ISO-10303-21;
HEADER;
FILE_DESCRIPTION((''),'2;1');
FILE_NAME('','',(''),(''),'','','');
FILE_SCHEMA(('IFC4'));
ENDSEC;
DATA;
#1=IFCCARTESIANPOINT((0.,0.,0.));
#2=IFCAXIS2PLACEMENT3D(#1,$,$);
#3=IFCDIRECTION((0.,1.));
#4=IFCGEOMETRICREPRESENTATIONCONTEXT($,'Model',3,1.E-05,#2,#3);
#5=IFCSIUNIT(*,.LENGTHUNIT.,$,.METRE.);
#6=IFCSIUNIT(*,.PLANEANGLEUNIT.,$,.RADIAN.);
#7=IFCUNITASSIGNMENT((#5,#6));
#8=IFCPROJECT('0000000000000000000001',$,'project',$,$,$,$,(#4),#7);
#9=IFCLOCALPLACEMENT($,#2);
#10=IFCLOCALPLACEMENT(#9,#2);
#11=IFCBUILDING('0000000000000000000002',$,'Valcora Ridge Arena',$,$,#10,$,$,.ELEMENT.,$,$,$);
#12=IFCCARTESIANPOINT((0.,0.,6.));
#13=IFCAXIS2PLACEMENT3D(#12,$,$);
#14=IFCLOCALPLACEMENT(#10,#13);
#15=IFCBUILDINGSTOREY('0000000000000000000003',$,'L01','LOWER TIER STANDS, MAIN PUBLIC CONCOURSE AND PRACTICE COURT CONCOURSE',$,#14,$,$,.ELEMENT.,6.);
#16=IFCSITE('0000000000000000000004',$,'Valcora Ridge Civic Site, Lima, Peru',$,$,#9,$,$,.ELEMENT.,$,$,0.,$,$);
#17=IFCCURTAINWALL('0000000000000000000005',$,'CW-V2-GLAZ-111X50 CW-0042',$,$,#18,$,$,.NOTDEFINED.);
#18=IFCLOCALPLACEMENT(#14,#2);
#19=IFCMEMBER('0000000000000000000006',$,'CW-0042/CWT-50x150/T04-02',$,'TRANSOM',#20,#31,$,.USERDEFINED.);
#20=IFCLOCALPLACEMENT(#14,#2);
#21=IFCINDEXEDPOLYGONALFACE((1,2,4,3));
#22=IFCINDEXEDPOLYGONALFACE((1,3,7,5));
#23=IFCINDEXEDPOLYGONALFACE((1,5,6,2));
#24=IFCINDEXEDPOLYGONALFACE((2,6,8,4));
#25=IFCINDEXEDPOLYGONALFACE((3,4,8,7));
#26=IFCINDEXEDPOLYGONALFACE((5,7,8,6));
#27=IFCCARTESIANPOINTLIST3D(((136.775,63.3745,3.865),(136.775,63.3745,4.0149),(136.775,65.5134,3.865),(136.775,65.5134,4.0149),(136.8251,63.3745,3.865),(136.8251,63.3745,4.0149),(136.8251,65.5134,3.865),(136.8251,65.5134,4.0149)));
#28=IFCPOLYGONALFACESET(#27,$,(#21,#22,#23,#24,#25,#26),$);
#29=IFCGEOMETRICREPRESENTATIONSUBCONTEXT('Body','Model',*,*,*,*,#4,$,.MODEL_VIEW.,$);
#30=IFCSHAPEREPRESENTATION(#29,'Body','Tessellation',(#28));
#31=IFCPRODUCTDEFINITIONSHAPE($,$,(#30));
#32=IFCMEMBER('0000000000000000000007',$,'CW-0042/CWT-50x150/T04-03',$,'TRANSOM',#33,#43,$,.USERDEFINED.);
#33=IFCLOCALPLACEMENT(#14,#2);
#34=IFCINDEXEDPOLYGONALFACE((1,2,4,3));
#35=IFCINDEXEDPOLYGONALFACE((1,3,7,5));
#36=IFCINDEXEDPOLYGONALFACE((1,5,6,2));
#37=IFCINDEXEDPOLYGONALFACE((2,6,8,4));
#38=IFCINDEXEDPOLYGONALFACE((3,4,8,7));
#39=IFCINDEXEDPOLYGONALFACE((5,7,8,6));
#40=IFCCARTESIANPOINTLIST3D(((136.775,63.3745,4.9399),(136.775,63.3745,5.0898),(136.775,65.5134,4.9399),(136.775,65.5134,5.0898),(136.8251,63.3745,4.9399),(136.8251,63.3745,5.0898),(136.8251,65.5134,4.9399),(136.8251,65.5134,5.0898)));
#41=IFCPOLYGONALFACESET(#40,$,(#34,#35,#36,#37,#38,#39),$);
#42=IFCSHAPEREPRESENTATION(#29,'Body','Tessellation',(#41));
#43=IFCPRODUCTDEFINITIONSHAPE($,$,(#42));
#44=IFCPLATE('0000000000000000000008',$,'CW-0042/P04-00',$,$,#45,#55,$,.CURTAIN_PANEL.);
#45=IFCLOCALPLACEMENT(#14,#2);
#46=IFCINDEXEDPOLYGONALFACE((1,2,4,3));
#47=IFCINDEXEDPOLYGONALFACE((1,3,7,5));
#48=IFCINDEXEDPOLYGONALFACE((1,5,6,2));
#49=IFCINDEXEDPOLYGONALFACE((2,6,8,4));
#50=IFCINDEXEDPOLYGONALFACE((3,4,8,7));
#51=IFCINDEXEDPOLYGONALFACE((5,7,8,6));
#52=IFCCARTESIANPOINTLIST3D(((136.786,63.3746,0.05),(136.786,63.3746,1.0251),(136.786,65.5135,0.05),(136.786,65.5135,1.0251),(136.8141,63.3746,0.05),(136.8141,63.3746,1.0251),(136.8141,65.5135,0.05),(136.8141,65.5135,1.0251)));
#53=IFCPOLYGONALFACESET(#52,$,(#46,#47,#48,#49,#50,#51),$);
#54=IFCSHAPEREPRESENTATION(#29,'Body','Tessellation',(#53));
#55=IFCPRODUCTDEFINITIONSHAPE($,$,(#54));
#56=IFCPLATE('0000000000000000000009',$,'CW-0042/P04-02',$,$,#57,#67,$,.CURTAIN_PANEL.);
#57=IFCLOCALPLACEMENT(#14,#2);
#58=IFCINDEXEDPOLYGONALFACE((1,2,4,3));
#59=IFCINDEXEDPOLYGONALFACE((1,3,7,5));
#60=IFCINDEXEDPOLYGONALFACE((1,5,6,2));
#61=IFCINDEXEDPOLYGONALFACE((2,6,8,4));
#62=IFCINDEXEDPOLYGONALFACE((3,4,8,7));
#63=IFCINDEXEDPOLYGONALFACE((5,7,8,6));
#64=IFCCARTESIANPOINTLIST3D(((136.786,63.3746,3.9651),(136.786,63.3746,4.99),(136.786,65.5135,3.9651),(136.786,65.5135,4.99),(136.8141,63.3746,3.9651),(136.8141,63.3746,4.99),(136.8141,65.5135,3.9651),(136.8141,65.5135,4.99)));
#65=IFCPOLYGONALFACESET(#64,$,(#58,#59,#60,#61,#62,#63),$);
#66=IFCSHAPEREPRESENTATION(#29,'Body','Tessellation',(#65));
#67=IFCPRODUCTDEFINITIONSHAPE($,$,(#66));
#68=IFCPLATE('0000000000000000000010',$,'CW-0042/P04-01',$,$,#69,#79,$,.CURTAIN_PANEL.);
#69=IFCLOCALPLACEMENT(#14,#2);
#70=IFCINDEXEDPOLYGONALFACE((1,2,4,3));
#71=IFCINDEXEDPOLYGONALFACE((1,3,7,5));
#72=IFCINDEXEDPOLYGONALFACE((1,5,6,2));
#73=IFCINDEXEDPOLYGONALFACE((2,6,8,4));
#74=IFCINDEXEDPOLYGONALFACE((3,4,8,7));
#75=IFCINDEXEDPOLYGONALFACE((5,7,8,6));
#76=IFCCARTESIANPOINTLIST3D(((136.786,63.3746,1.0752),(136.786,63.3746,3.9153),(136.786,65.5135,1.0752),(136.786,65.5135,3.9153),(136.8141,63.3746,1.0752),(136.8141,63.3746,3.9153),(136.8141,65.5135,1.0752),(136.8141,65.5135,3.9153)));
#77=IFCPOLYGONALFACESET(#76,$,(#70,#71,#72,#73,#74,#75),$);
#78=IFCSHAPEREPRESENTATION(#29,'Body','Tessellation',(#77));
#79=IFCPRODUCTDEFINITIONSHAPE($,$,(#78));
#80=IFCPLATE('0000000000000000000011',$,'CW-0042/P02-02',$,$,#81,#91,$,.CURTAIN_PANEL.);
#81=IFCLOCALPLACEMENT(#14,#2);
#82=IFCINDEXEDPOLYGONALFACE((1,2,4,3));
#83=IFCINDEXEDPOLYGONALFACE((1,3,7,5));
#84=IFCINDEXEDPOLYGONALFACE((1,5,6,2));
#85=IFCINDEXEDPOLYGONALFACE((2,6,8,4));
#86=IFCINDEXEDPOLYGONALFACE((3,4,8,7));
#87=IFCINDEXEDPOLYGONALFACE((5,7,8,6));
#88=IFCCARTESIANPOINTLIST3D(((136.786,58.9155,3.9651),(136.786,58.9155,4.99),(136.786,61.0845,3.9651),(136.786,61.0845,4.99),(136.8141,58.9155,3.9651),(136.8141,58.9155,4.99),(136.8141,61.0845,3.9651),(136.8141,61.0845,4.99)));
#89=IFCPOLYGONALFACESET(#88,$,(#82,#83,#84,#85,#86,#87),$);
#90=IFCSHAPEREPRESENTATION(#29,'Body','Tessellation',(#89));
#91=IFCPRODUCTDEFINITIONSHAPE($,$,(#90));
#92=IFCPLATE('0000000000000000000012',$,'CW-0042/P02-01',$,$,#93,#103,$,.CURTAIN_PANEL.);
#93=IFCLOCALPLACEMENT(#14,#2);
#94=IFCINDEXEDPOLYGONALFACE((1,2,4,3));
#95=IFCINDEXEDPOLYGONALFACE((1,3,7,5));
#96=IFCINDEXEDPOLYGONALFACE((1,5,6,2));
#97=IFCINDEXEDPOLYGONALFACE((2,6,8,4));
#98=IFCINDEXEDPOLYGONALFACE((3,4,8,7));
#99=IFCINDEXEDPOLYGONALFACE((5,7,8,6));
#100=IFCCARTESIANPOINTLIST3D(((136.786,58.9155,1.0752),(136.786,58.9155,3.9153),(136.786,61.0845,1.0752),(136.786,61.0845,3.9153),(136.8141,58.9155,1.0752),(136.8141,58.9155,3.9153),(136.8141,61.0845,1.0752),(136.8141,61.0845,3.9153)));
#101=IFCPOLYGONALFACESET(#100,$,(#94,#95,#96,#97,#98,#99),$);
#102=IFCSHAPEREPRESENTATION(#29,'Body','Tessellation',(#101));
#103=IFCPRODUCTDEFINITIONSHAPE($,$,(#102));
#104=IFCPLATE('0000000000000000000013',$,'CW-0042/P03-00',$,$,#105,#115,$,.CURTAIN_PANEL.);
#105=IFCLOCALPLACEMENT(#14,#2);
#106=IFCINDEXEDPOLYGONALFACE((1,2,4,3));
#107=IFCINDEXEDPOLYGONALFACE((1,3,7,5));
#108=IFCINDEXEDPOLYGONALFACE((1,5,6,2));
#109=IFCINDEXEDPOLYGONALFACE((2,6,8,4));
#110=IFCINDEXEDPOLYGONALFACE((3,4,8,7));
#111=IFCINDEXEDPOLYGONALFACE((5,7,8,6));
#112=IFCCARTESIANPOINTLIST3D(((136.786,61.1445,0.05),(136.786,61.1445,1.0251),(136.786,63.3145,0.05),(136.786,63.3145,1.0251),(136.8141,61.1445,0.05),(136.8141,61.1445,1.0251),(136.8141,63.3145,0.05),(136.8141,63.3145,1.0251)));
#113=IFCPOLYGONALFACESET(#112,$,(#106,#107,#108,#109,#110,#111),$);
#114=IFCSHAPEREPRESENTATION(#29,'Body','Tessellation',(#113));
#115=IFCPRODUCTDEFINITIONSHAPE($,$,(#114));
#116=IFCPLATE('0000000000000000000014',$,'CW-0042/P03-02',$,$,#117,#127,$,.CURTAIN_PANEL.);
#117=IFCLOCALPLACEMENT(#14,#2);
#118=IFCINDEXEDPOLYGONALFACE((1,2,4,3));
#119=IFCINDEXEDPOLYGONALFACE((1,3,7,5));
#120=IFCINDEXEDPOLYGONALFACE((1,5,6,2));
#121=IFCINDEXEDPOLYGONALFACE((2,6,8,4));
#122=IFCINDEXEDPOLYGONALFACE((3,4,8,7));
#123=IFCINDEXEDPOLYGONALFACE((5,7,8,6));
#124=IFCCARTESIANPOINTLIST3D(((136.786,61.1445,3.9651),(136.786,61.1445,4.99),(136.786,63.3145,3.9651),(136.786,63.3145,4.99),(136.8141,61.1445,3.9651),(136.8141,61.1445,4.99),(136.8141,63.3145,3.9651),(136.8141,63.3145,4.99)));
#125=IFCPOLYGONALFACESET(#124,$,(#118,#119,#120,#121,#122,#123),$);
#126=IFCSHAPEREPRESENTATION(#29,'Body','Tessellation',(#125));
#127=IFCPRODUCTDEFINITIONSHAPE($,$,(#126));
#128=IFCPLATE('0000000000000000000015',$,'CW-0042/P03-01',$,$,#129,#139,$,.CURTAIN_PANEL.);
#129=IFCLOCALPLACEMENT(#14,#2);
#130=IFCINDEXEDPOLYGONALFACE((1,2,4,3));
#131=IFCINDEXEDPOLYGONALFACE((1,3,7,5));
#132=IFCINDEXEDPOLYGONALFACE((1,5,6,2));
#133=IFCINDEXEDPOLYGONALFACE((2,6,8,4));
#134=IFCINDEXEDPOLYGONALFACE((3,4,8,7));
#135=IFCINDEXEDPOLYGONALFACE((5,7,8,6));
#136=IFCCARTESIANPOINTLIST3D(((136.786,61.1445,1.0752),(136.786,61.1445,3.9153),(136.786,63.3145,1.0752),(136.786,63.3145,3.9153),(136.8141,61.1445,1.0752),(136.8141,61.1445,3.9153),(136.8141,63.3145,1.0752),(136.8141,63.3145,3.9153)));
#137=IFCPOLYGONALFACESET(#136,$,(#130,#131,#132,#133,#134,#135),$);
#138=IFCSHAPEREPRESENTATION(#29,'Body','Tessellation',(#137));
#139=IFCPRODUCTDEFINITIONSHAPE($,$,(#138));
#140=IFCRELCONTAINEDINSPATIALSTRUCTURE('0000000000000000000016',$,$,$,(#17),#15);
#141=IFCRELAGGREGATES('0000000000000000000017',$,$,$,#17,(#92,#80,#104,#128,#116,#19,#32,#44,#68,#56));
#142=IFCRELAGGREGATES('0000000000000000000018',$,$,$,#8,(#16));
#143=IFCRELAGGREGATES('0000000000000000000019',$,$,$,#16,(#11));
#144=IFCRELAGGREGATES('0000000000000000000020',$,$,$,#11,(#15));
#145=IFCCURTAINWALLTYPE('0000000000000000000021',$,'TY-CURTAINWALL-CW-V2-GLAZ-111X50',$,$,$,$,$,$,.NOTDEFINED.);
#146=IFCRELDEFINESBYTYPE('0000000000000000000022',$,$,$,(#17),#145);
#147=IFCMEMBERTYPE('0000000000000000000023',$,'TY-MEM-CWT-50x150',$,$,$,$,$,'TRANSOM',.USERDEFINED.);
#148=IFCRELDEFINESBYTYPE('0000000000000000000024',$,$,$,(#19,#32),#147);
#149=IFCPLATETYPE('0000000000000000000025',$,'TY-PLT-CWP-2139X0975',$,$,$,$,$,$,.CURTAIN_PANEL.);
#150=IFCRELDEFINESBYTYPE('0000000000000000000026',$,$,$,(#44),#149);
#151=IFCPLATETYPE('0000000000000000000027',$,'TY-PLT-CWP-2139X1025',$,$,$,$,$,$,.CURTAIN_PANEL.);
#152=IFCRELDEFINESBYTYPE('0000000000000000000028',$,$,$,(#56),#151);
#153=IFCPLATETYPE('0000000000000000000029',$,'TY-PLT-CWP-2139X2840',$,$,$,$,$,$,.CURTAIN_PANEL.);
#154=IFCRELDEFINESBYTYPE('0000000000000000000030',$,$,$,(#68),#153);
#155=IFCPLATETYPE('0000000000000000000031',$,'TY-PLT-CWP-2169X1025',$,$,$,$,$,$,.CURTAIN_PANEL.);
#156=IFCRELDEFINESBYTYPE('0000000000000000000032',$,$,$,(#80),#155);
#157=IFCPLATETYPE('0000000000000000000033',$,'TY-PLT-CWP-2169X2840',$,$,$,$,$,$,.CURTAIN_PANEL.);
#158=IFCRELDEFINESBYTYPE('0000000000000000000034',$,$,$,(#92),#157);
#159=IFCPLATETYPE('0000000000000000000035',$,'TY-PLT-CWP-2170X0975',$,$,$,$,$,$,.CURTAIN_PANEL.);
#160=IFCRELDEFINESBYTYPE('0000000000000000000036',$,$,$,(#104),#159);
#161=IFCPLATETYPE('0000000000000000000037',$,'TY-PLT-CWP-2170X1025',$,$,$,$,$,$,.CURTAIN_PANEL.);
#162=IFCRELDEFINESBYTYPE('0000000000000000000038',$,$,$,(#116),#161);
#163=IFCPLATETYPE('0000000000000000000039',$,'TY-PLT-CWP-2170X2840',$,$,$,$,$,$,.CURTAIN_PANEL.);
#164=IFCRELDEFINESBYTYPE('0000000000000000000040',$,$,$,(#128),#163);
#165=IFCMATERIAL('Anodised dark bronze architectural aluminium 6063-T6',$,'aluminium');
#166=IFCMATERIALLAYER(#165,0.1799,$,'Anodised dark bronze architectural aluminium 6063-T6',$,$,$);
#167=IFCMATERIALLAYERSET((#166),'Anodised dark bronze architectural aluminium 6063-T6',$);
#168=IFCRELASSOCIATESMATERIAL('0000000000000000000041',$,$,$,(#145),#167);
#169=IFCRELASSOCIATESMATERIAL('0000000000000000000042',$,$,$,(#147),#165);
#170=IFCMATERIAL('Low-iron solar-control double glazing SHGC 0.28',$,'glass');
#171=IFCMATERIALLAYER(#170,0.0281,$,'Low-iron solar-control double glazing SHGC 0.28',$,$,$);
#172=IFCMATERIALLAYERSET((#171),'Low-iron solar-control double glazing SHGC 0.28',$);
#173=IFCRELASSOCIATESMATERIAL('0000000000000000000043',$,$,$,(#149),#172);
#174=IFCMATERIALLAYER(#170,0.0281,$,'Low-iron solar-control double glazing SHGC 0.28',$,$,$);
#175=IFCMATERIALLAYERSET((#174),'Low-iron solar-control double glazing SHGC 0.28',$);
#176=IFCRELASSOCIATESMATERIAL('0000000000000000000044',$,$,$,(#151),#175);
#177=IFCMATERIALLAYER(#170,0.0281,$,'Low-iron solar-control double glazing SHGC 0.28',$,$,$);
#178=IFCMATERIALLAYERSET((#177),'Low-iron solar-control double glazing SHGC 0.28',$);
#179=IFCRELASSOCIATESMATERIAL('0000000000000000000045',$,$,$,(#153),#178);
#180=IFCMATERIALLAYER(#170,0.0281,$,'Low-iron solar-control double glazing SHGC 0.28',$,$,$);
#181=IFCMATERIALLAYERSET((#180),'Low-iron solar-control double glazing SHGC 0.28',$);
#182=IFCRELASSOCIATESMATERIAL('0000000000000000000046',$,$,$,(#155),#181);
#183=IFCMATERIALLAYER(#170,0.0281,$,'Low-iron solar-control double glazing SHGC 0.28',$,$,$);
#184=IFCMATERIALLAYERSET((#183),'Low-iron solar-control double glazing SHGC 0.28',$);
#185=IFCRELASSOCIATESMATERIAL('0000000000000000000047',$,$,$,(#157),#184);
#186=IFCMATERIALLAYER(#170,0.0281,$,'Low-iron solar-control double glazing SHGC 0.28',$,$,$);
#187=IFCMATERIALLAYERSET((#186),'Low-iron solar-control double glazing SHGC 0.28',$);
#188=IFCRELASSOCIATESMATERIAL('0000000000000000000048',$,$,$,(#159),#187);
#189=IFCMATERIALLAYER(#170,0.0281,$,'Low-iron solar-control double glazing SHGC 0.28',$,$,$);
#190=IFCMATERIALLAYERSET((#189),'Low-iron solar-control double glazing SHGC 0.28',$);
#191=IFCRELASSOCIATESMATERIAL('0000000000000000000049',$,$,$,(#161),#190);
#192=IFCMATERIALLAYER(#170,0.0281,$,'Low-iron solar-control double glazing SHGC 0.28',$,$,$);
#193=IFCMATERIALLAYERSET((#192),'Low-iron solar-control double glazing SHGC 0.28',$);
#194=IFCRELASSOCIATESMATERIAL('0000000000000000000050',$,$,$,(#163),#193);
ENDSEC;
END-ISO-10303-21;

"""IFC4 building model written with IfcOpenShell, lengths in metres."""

from ifc_helpers import new_model, si_unit, direction, frame, origin, origin_2d, place, context, subcontext, project, spatial, rectangle, extrude, material, layer, layer_set, material_profile, profile_set, type_object, element, aggregate, save


model = new_model("IFC4")

# Units and contexts
model_context = context("Model", 3, precision=1e-05, world=origin(), true_north=direction((0.0, 1.0)))
body_context = subcontext(model_context, "Body", "Model", "MODEL_VIEW")
ifc_project = project(units=[si_unit("LENGTHUNIT", "METRE"), si_unit("PLANEANGLEUNIT", "RADIAN")], contexts=[model_context])

# Site, building, storey
site_placement = place(None, origin())
site = spatial("IfcSite", under=ifc_project, at=site_placement, Name="Valcora Ridge Civic Site, Lima, Peru", CompositionType="ELEMENT", RefElevation=0.0)
building_placement = place(site_placement, origin())
building = spatial("IfcBuilding", under=site, at=building_placement, Name="Valcora Ridge Arena", CompositionType="ELEMENT")
storey_placement = place(building_placement, frame((0.0, 0.0, 6.0)))
storey = spatial("IfcBuildingStorey", under=building, at=storey_placement, Name="L01", Description="LOWER TIER STANDS, MAIN PUBLIC CONCOURSE AND PRACTICE COURT CONCOURSE", CompositionType="ELEMENT", Elevation=6.0)

# Curtain wall, members, plates
ifc_material_1 = material(Name="Anodised dark bronze architectural aluminium 6063-T6", Category="aluminium")
ifc_layer_1 = layer(ifc_material_1, 0.1799, Name="Anodised dark bronze architectural aluminium 6063-T6")
ifc_layer_set_1 = layer_set([ifc_layer_1], Name="Anodised dark bronze architectural aluminium 6063-T6")
curtain_wall_type = type_object("IfcCurtainWallType", Name="TY-CURTAINWALL-CW-V2-GLAZ-111X50", PredefinedType="NOTDEFINED", material=ifc_layer_set_1)
curtain_wall_placement = place(storey_placement, origin())
curtain_wall = element("IfcCurtainWall", 1, at=curtain_wall_placement, inside=storey, type_object=curtain_wall_type, Name="CW-V2-GLAZ-111X50 CW-0042", PredefinedType="NOTDEFINED")
ifc_material_profile_1 = material_profile(ifc_material_1, rectangle(XDim=0.05, YDim=0.1499, at=origin_2d()), Name="ALU TRANSOM 50x150")
ifc_profile_set_1 = profile_set([ifc_material_profile_1], Name="Anodised dark bronze architectural aluminium 6063-T6")
member_type_1 = type_object("IfcMemberType", Name="TY-MEM-CWT-50x150", ElementType="TRANSOM", PredefinedType="USERDEFINED", material=ifc_profile_set_1)
member_1_placement = place(storey_placement, frame((136.8, 63.3745, 3.9399), z_axis=(0.0, 1.0, 0.0), x_axis=(-1.0, 0.0, 0.0)))
member_1 = element("IfcMember", 2, at=member_1_placement, type_object=member_type_1, Name="CW-0042/CWT-50x150/T04-02", ObjectType="TRANSOM", PredefinedType="USERDEFINED", context=body_context, shape_type="SweptSolid", body=[
    extrude(rectangle(XDim=0.05, YDim=0.1499, at=origin_2d()), origin(), (0.0, 0.0, 1.0), 2.1389),
])
member_2_placement = place(storey_placement, frame((136.8, 63.3745, 5.0149), z_axis=(0.0, 1.0, 0.0), x_axis=(-1.0, 0.0, 0.0)))
member_2 = element("IfcMember", 3, at=member_2_placement, type_object=member_type_1, Name="CW-0042/CWT-50x150/T04-03", ObjectType="TRANSOM", PredefinedType="USERDEFINED", context=body_context, shape_type="SweptSolid", body=[
    extrude(rectangle(XDim=0.05, YDim=0.1499, at=origin_2d()), origin(), (0.0, 0.0, 1.0), 2.1389),
])
ifc_material_2 = material(Name="Low-iron solar-control double glazing SHGC 0.28", Category="glass")
ifc_layer_2 = layer(ifc_material_2, 0.0281, Name="Low-iron solar-control double glazing SHGC 0.28")
ifc_layer_set_2 = layer_set([ifc_layer_2], Name="Low-iron solar-control double glazing SHGC 0.28")
plate_type_1 = type_object("IfcPlateType", Name="TY-PLT-CWP-2139X0975", PredefinedType="CURTAIN_PANEL", material=ifc_layer_set_2)
plate_1_placement = place(storey_placement, frame((136.8, 64.4441, 0.05), z_axis=(0.0, 0.0, 1.0), x_axis=(0.0, 1.0, 0.0)))
plate_1 = element("IfcPlate", 4, at=plate_1_placement, type_object=plate_type_1, Name="CW-0042/P04-00", PredefinedType="CURTAIN_PANEL", context=body_context, shape_type="SweptSolid", body=[
    extrude(rectangle(XDim=2.1389, YDim=0.0281, at=origin_2d()), origin(), (0.0, 0.0, 1.0), 0.9751),
])
ifc_layer_3 = layer(ifc_material_2, 0.0281, Name="Low-iron solar-control double glazing SHGC 0.28")
ifc_layer_set_3 = layer_set([ifc_layer_3], Name="Low-iron solar-control double glazing SHGC 0.28")
plate_type_2 = type_object("IfcPlateType", Name="TY-PLT-CWP-2139X1025", PredefinedType="CURTAIN_PANEL", material=ifc_layer_set_3)
plate_2_placement = place(storey_placement, frame((136.8, 64.4441, 3.9651), z_axis=(0.0, 0.0, 1.0), x_axis=(0.0, 1.0, 0.0)))
plate_2 = element("IfcPlate", 5, at=plate_2_placement, type_object=plate_type_2, Name="CW-0042/P04-02", PredefinedType="CURTAIN_PANEL", context=body_context, shape_type="SweptSolid", body=[
    extrude(rectangle(XDim=2.1389, YDim=0.0281, at=origin_2d()), origin(), (0.0, 0.0, 1.0), 1.0249),
])
ifc_layer_4 = layer(ifc_material_2, 0.0281, Name="Low-iron solar-control double glazing SHGC 0.28")
ifc_layer_set_4 = layer_set([ifc_layer_4], Name="Low-iron solar-control double glazing SHGC 0.28")
plate_type_3 = type_object("IfcPlateType", Name="TY-PLT-CWP-2139X2840", PredefinedType="CURTAIN_PANEL", material=ifc_layer_set_4)
plate_3_placement = place(storey_placement, frame((136.8, 64.4441, 1.0752), z_axis=(0.0, 0.0, 1.0), x_axis=(0.0, 1.0, 0.0)))
plate_3 = element("IfcPlate", 6, at=plate_3_placement, type_object=plate_type_3, Name="CW-0042/P04-01", PredefinedType="CURTAIN_PANEL", context=body_context, shape_type="SweptSolid", body=[
    extrude(rectangle(XDim=2.1389, YDim=0.0281, at=origin_2d()), origin(), (0.0, 0.0, 1.0), 2.8401),
])
ifc_layer_5 = layer(ifc_material_2, 0.0281, Name="Low-iron solar-control double glazing SHGC 0.28")
ifc_layer_set_5 = layer_set([ifc_layer_5], Name="Low-iron solar-control double glazing SHGC 0.28")
plate_type_4 = type_object("IfcPlateType", Name="TY-PLT-CWP-2169X1025", PredefinedType="CURTAIN_PANEL", material=ifc_layer_set_5)
plate_4_placement = place(storey_placement, frame((136.8, 60.0, 3.9651), z_axis=(0.0, 0.0, 1.0), x_axis=(0.0, 1.0, 0.0)))
plate_4 = element("IfcPlate", 7, at=plate_4_placement, type_object=plate_type_4, Name="CW-0042/P02-02", PredefinedType="CURTAIN_PANEL", context=body_context, shape_type="SweptSolid", body=[
    extrude(rectangle(XDim=2.1689, YDim=0.0281, at=origin_2d()), origin(), (0.0, 0.0, 1.0), 1.0249),
])
ifc_layer_6 = layer(ifc_material_2, 0.0281, Name="Low-iron solar-control double glazing SHGC 0.28")
ifc_layer_set_6 = layer_set([ifc_layer_6], Name="Low-iron solar-control double glazing SHGC 0.28")
plate_type_5 = type_object("IfcPlateType", Name="TY-PLT-CWP-2169X2840", PredefinedType="CURTAIN_PANEL", material=ifc_layer_set_6)
plate_5_placement = place(storey_placement, frame((136.8, 60.0, 1.0752), z_axis=(0.0, 0.0, 1.0), x_axis=(0.0, 1.0, 0.0)))
plate_5 = element("IfcPlate", 8, at=plate_5_placement, type_object=plate_type_5, Name="CW-0042/P02-01", PredefinedType="CURTAIN_PANEL", context=body_context, shape_type="SweptSolid", body=[
    extrude(rectangle(XDim=2.1689, YDim=0.0281, at=origin_2d()), origin(), (0.0, 0.0, 1.0), 2.8401),
])
ifc_layer_7 = layer(ifc_material_2, 0.0281, Name="Low-iron solar-control double glazing SHGC 0.28")
ifc_layer_set_7 = layer_set([ifc_layer_7], Name="Low-iron solar-control double glazing SHGC 0.28")
plate_type_6 = type_object("IfcPlateType", Name="TY-PLT-CWP-2170X0975", PredefinedType="CURTAIN_PANEL", material=ifc_layer_set_7)
plate_6_placement = place(storey_placement, frame((136.8, 62.2295, 0.05), z_axis=(0.0, 0.0, 1.0), x_axis=(0.0, 1.0, 0.0)))
plate_6 = element("IfcPlate", 9, at=plate_6_placement, type_object=plate_type_6, Name="CW-0042/P03-00", PredefinedType="CURTAIN_PANEL", context=body_context, shape_type="SweptSolid", body=[
    extrude(rectangle(XDim=2.1699, YDim=0.0281, at=origin_2d()), origin(), (0.0, 0.0, 1.0), 0.9751),
])
ifc_layer_8 = layer(ifc_material_2, 0.0281, Name="Low-iron solar-control double glazing SHGC 0.28")
ifc_layer_set_8 = layer_set([ifc_layer_8], Name="Low-iron solar-control double glazing SHGC 0.28")
plate_type_7 = type_object("IfcPlateType", Name="TY-PLT-CWP-2170X1025", PredefinedType="CURTAIN_PANEL", material=ifc_layer_set_8)
plate_7_placement = place(storey_placement, frame((136.8, 62.2295, 3.9651), z_axis=(0.0, 0.0, 1.0), x_axis=(0.0, 1.0, 0.0)))
plate_7 = element("IfcPlate", 10, at=plate_7_placement, type_object=plate_type_7, Name="CW-0042/P03-02", PredefinedType="CURTAIN_PANEL", context=body_context, shape_type="SweptSolid", body=[
    extrude(rectangle(XDim=2.1699, YDim=0.0281, at=origin_2d()), origin(), (0.0, 0.0, 1.0), 1.0249),
])
ifc_layer_9 = layer(ifc_material_2, 0.0281, Name="Low-iron solar-control double glazing SHGC 0.28")
ifc_layer_set_9 = layer_set([ifc_layer_9], Name="Low-iron solar-control double glazing SHGC 0.28")
plate_type_8 = type_object("IfcPlateType", Name="TY-PLT-CWP-2170X2840", PredefinedType="CURTAIN_PANEL", material=ifc_layer_set_9)
plate_8_placement = place(storey_placement, frame((136.8, 62.2295, 1.0752), z_axis=(0.0, 0.0, 1.0), x_axis=(0.0, 1.0, 0.0)))
plate_8 = element("IfcPlate", 11, at=plate_8_placement, type_object=plate_type_8, Name="CW-0042/P03-01", PredefinedType="CURTAIN_PANEL", context=body_context, shape_type="SweptSolid", body=[
    extrude(rectangle(XDim=2.1699, YDim=0.0281, at=origin_2d()), origin(), (0.0, 0.0, 1.0), 2.8401),
])
aggregate(curtain_wall, [plate_5, plate_4, plate_6, plate_8, plate_7, member_1, member_2, plate_1, plate_3, plate_2])

save(model, "model.ifc")
